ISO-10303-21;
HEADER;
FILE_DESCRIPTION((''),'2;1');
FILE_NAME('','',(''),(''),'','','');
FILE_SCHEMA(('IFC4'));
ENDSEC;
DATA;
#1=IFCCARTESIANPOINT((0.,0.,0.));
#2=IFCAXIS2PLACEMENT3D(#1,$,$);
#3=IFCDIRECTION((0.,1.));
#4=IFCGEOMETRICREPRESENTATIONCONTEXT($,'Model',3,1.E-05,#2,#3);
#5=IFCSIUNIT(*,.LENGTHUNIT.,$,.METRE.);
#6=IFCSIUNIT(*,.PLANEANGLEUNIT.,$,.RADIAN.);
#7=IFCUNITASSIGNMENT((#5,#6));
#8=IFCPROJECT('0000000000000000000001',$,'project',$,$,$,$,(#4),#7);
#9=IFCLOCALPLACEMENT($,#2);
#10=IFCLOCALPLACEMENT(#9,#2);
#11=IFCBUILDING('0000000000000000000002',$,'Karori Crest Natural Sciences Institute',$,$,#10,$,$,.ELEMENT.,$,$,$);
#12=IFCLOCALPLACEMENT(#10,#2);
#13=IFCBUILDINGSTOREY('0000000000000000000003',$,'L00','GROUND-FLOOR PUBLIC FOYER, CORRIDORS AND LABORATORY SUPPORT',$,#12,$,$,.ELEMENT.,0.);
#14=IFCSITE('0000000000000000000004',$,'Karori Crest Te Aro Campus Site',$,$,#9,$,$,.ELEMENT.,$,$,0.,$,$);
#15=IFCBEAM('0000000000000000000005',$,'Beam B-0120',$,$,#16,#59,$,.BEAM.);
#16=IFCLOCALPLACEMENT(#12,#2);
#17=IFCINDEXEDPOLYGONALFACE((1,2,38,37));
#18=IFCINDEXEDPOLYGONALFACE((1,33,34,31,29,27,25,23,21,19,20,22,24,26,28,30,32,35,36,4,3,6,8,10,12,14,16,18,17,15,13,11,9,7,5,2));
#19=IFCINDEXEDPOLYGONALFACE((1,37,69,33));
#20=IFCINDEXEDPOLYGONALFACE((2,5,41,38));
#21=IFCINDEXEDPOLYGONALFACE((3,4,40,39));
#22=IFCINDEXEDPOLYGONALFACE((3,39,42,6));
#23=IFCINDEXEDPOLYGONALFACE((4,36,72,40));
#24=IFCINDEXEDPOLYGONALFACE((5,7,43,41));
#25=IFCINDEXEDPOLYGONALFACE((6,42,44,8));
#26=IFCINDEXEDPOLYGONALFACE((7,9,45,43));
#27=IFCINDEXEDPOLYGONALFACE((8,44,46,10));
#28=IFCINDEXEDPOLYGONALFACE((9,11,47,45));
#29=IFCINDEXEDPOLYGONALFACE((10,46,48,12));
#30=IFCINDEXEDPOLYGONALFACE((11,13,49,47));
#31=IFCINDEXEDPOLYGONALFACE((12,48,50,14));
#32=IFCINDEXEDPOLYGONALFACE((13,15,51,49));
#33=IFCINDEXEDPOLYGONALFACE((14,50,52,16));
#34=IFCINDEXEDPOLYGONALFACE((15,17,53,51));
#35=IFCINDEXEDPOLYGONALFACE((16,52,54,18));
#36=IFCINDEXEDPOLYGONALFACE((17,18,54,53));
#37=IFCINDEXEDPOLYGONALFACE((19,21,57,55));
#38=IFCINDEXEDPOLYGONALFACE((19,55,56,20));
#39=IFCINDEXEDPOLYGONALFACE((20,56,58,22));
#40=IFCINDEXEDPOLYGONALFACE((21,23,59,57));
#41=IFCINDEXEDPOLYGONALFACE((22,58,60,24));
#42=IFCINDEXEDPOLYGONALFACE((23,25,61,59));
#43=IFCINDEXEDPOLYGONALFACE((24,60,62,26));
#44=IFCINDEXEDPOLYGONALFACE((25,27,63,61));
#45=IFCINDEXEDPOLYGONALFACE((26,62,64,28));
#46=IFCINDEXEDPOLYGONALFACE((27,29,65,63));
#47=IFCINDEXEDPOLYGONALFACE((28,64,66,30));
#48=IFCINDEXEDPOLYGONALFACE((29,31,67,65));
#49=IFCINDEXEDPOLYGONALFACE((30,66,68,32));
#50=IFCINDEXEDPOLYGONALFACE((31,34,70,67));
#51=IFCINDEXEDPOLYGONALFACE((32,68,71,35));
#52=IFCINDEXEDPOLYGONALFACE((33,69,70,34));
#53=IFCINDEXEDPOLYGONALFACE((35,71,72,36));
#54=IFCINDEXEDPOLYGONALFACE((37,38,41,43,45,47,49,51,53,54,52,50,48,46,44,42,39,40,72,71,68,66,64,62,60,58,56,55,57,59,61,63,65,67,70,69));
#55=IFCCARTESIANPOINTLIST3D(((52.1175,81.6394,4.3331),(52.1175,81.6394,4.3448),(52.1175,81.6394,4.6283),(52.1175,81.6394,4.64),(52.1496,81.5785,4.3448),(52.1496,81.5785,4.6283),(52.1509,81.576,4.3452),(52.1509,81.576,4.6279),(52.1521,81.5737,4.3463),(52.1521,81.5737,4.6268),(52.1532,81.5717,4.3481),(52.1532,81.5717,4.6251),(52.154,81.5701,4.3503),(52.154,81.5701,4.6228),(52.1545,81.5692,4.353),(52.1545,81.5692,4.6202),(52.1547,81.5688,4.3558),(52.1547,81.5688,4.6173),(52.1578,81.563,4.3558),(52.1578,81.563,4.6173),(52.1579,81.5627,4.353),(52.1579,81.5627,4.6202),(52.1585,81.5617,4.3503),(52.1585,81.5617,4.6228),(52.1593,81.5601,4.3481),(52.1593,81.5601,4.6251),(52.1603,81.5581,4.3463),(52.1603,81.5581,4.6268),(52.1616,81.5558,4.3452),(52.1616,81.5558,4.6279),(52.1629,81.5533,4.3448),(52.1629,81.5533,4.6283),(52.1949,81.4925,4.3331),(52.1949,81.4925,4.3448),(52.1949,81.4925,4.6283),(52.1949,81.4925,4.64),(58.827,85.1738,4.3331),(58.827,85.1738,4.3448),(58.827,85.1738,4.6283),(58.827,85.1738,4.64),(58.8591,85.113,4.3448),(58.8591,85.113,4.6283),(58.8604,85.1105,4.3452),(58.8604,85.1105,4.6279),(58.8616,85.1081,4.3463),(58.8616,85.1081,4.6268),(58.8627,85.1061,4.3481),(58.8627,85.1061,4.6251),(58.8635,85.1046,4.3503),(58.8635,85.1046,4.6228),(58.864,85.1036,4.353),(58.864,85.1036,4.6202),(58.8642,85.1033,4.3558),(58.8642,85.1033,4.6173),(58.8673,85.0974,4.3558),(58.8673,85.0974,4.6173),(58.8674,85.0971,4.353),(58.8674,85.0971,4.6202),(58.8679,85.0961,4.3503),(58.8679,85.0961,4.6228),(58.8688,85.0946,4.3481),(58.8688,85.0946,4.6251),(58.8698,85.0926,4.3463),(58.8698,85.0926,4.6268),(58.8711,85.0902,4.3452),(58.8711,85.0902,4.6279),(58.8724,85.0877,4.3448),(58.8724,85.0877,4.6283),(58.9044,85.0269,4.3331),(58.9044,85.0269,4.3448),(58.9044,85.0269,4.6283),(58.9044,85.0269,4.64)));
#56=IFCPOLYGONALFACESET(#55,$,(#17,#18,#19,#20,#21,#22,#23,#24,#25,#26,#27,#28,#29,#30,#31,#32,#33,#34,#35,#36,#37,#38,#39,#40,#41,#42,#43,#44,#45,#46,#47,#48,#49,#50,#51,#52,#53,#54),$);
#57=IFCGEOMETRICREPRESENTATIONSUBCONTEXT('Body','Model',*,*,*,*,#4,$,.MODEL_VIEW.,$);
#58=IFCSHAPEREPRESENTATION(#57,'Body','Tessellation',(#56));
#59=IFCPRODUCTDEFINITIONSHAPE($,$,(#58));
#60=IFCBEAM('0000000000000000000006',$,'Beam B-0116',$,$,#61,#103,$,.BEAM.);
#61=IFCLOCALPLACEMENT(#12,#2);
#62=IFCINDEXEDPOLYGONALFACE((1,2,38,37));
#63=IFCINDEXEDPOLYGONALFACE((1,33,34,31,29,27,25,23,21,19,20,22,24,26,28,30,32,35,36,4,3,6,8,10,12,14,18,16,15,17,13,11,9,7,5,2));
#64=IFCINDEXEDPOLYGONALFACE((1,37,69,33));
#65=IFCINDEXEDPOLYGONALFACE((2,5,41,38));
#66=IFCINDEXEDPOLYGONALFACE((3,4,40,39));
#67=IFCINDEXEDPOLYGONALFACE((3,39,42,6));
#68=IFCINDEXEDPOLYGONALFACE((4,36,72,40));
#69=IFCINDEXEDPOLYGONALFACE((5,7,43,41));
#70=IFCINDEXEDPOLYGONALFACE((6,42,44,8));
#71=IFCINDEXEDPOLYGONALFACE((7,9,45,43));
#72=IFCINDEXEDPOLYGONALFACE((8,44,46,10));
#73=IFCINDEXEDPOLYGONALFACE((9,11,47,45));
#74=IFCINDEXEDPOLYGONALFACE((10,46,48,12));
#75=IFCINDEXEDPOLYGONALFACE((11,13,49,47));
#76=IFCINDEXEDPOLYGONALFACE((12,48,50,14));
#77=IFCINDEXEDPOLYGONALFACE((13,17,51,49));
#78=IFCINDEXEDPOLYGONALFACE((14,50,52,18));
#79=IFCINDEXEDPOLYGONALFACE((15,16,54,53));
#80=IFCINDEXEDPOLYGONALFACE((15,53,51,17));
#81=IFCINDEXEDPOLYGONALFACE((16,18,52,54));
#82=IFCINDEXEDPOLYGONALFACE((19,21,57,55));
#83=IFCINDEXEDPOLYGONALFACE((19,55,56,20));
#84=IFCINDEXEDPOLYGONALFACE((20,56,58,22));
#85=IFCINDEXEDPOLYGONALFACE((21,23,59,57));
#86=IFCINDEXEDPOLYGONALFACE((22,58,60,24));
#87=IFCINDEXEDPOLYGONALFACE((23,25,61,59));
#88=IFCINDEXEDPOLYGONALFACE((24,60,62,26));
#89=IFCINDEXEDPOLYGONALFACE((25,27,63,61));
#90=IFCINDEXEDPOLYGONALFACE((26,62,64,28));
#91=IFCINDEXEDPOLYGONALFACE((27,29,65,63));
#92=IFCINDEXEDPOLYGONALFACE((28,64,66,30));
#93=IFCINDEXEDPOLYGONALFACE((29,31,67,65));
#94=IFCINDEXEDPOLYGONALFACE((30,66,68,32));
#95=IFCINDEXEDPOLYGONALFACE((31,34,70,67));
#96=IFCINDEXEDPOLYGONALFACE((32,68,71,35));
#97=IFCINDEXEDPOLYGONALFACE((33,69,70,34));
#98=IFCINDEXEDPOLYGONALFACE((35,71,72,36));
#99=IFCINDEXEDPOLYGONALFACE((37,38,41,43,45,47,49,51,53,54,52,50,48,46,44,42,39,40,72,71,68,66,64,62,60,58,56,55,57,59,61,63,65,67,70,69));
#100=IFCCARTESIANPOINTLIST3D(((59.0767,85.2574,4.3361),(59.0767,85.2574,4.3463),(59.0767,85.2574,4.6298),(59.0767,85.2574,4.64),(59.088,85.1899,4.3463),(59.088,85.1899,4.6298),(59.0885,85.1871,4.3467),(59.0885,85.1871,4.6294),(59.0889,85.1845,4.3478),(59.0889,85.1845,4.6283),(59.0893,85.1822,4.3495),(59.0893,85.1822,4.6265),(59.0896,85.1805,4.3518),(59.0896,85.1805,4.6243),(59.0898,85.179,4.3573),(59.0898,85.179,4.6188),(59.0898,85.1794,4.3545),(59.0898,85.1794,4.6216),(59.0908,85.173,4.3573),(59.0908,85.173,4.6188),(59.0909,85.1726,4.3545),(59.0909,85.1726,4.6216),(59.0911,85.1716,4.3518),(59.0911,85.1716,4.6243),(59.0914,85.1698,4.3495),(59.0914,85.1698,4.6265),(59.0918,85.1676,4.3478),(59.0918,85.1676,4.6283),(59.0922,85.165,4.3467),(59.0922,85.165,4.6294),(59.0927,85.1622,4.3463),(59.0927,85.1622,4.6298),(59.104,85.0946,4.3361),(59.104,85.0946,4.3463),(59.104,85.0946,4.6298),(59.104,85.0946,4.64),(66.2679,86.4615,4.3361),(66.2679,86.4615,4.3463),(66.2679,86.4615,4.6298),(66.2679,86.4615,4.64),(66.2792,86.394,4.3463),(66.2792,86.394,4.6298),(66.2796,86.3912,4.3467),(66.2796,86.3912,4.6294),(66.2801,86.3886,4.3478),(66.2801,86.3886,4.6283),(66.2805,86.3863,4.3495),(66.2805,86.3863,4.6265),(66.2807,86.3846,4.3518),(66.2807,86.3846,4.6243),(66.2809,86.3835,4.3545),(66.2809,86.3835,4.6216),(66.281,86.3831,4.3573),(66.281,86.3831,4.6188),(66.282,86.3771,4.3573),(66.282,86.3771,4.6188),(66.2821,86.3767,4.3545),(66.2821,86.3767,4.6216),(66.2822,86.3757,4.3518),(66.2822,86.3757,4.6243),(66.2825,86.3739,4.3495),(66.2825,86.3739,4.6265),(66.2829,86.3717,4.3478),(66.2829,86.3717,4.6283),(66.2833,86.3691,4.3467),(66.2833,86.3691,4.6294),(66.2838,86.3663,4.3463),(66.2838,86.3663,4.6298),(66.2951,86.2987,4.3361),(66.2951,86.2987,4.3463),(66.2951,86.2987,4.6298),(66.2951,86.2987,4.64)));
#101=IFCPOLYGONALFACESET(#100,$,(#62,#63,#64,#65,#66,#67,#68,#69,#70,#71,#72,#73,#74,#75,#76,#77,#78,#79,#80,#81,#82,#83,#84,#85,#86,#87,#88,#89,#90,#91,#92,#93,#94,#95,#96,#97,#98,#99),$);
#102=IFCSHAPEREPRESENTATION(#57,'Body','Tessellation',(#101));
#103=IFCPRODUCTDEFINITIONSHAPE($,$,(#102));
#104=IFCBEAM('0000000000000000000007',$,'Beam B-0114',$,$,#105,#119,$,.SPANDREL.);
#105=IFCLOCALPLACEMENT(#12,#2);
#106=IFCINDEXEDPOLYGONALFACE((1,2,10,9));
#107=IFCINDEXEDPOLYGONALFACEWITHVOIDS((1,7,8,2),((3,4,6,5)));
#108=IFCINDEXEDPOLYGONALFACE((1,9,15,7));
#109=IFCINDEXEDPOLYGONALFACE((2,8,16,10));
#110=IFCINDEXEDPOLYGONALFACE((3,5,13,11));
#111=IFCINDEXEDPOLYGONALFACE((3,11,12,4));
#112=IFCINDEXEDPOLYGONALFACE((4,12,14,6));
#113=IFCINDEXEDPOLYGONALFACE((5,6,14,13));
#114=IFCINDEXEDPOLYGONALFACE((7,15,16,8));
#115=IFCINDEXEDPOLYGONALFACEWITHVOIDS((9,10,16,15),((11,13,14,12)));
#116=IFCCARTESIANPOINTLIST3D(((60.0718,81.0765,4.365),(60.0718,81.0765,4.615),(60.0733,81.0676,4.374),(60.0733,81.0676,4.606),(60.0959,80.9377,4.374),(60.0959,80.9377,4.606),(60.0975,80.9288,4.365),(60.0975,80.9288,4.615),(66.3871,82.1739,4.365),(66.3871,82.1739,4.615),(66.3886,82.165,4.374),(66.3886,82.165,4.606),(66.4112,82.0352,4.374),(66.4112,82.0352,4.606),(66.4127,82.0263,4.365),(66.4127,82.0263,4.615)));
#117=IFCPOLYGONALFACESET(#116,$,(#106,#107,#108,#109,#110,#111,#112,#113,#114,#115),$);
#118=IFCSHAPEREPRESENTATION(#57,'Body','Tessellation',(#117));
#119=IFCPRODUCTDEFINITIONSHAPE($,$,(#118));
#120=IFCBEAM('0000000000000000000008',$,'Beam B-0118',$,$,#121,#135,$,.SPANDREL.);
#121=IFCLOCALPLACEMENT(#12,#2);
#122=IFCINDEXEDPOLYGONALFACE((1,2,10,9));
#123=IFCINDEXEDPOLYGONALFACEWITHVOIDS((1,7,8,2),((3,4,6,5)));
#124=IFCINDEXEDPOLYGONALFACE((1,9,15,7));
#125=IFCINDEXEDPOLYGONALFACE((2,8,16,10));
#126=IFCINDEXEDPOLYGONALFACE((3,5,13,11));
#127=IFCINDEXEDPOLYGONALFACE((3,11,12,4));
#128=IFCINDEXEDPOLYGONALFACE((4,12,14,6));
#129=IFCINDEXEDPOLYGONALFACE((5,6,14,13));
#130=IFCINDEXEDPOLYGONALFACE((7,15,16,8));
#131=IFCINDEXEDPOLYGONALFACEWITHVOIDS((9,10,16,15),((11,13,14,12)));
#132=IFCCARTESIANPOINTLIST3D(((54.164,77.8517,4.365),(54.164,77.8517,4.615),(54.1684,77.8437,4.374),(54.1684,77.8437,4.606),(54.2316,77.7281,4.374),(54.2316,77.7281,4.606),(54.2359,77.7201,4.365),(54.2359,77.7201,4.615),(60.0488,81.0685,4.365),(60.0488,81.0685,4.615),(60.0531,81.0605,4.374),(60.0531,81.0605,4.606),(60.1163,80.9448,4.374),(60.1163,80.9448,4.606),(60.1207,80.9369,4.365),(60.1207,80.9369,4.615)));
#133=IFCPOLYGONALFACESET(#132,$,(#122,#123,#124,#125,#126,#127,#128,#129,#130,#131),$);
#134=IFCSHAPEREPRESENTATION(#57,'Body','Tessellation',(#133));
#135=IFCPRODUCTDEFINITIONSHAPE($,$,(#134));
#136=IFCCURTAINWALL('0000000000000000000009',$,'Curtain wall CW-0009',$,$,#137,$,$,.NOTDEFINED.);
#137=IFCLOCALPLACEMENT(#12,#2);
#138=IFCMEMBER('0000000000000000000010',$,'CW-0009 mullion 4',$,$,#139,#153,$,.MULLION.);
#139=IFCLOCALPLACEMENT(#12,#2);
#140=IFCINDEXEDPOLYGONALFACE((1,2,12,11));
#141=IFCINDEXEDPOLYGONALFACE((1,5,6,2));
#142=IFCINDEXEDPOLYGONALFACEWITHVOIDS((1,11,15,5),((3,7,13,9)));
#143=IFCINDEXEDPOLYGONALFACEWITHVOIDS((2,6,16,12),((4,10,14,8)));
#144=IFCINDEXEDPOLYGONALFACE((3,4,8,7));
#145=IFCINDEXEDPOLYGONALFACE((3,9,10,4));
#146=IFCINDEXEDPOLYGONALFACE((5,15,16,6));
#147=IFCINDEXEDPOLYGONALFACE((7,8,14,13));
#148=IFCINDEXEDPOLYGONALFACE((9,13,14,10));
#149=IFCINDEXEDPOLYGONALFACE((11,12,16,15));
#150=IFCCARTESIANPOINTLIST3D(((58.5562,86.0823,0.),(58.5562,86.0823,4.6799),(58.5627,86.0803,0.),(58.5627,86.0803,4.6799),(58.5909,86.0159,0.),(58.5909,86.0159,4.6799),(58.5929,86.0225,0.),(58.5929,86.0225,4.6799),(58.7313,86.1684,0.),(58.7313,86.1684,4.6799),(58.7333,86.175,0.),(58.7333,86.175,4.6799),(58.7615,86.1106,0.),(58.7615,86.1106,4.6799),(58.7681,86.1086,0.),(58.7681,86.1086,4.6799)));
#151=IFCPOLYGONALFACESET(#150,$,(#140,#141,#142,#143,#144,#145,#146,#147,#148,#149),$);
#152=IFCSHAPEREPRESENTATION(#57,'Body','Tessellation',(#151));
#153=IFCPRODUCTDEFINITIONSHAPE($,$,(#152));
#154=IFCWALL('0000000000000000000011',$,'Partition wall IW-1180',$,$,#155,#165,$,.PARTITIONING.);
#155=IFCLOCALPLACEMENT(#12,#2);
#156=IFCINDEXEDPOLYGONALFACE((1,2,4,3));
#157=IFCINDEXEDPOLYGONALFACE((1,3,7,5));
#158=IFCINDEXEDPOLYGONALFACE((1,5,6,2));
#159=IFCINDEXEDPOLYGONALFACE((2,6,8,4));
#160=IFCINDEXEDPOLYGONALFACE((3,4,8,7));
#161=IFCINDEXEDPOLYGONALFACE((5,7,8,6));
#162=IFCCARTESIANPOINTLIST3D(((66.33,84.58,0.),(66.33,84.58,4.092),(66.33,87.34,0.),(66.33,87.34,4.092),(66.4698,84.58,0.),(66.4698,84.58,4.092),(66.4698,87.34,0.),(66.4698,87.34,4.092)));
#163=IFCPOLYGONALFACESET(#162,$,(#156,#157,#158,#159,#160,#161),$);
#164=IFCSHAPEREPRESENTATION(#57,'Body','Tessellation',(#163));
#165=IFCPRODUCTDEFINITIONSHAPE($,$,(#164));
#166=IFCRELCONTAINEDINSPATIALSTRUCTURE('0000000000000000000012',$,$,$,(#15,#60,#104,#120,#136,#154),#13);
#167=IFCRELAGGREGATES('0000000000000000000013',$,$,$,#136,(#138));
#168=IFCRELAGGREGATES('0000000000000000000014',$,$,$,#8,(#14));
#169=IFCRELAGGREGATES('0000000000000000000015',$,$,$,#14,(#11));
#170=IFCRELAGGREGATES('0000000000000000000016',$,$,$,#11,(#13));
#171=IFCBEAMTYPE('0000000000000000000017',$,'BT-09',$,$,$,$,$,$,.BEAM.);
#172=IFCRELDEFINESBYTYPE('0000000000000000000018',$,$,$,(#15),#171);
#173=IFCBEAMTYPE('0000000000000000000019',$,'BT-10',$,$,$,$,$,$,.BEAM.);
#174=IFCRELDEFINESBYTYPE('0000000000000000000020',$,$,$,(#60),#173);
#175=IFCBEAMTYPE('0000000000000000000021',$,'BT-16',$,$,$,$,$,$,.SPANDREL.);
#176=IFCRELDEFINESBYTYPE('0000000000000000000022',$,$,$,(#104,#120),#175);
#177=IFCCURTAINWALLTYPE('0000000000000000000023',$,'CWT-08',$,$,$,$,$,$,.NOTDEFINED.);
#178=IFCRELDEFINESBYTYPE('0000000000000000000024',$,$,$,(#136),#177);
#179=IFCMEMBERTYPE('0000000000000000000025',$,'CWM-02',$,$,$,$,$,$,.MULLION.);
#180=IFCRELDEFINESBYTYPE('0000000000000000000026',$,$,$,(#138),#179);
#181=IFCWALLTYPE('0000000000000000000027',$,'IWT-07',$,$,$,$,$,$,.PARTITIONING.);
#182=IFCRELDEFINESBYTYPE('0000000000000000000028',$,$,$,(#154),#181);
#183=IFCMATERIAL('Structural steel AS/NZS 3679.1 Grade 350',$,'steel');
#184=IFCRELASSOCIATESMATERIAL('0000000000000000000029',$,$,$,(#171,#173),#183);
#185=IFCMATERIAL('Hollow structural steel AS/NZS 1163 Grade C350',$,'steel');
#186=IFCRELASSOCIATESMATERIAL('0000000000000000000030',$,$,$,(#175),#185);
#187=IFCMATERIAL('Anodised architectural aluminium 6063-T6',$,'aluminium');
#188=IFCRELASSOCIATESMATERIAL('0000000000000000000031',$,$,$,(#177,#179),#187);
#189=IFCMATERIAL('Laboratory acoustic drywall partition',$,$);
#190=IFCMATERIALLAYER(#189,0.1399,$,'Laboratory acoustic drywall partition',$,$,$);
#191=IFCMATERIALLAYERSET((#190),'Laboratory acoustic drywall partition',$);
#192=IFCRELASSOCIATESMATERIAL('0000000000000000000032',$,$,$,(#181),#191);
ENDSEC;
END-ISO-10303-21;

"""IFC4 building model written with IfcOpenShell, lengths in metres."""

from ifc_helpers import new_model, si_unit, direction, frame, frame_2d, origin, origin_2d, place, context, subcontext, project, spatial, rectangle, hollow_rectangle, i_section, extrude, material, layer, layer_set, material_profile, profile_set, type_object, element, aggregate, save


model = new_model("IFC4")

# Units and contexts
model_context = context("Model", 3, precision=1e-05, world=origin(), true_north=direction((0.0, 1.0)))
body_context = subcontext(model_context, "Body", "Model", "MODEL_VIEW")
ifc_project = project(units=[si_unit("LENGTHUNIT", "METRE"), si_unit("PLANEANGLEUNIT", "RADIAN")], contexts=[model_context])

# Site, building, storey
site_placement = place(None, origin())
site = spatial("IfcSite", under=ifc_project, at=site_placement, Name="Karori Crest Te Aro Campus Site", CompositionType="ELEMENT", RefElevation=0.0)
building_placement = place(site_placement, origin())
building = spatial("IfcBuilding", under=site, at=building_placement, Name="Karori Crest Natural Sciences Institute", CompositionType="ELEMENT")
storey_placement = place(building_placement, origin())
storey = spatial("IfcBuildingStorey", under=building, at=storey_placement, Name="L00", Description="GROUND-FLOOR PUBLIC FOYER, CORRIDORS AND LABORATORY SUPPORT", CompositionType="ELEMENT", Elevation=0.0)

# Shared definitions
ifc_material_1 = material(Name="Structural steel AS/NZS 3679.1 Grade 350", Category="steel")

# Beams
ifc_material_profile_1 = material_profile(ifc_material_1, i_section(OverallWidth=0.166, OverallDepth=0.3069, WebThickness=0.0066, FlangeThickness=0.0117, FilletRadius=0.011, at=origin_2d()), Name="310UB46.2")
ifc_profile_set_1 = profile_set([ifc_material_profile_1], Name="Structural steel AS/NZS 3679.1 Grade 350")
beam_type_1 = type_object("IfcBeamType", Name="BT-09", PredefinedType="BEAM", material=ifc_profile_set_1)
beam_1_placement = place(storey_placement, frame((58.8657, 85.1003, 4.4866), z_axis=(-0.884748, -0.466069, 0.0), x_axis=(0.466069, -0.884748, 0.0)))
element("IfcBeam", 1, at=beam_1_placement, inside=storey, type_object=beam_type_1, Name="Beam B-0120", PredefinedType="BEAM", context=body_context, shape_type="SweptSolid", body=[
    extrude(i_section(OverallWidth=0.166, OverallDepth=0.3069, WebThickness=0.0066, FlangeThickness=0.0117, FilletRadius=0.011, at=origin_2d()), origin(), (0.0, 0.0, 1.0), 7.5835),
])
ifc_material_profile_2 = material_profile(ifc_material_1, i_section(OverallWidth=0.165, OverallDepth=0.304, WebThickness=0.0061, FlangeThickness=0.0103, FilletRadius=0.011, at=origin_2d()), Name="310UB40.4")
ifc_profile_set_2 = profile_set([ifc_material_profile_2], Name="Structural steel AS/NZS 3679.1 Grade 350")
beam_type_2 = type_object("IfcBeamType", Name="BT-10", PredefinedType="BEAM", material=ifc_profile_set_2)
beam_2_placement = place(storey_placement, frame((66.2815, 86.3801, 4.488), z_axis=(-0.98627, -0.165143, 0.0), x_axis=(0.165143, -0.98627, 0.0)))
element("IfcBeam", 2, at=beam_2_placement, inside=storey, type_object=beam_type_2, Name="Beam B-0116", PredefinedType="BEAM", context=body_context, shape_type="SweptSolid", body=[
    extrude(i_section(OverallWidth=0.165, OverallDepth=0.304, WebThickness=0.0061, FlangeThickness=0.0103, FilletRadius=0.011, at=origin_2d()), origin(), (0.0, 0.0, 1.0), 7.2913),
])
ifc_material_2 = material(Name="Hollow structural steel AS/NZS 1163 Grade C350", Category="steel")
ifc_material_profile_3 = material_profile(ifc_material_2, hollow_rectangle(XDim=0.1499, YDim=0.25, WallThickness=0.009, at=origin_2d()), Name="RHS250x150x9")
ifc_profile_set_3 = profile_set([ifc_material_profile_3], Name="Hollow structural steel AS/NZS 1163 Grade C350")
beam_type_3 = type_object("IfcBeamType", Name="BT-16", PredefinedType="SPANDREL", material=ifc_profile_set_3)
beam_3_placement = place(storey_placement, frame((66.3999, 82.1001, 4.49), z_axis=(-0.985235, -0.171208, 0.0), x_axis=(0.171208, -0.985235, 0.0)))
element("IfcBeam", 3, at=beam_3_placement, inside=storey, type_object=beam_type_3, Name="Beam B-0114", PredefinedType="SPANDREL", context=body_context, shape_type="SweptSolid", body=[
    extrude(hollow_rectangle(XDim=0.1499, YDim=0.25, WallThickness=0.009, at=origin_2d()), origin(), (0.0, 0.0, 1.0), 6.4099),
])
beam_4_placement = place(storey_placement, frame((60.0847, 81.0027, 4.49), z_axis=(-0.877461, -0.479648, 0.0), x_axis=(0.479648, -0.877461, 0.0)))
element("IfcBeam", 4, at=beam_4_placement, inside=storey, type_object=beam_type_3, Name="Beam B-0118", PredefinedType="SPANDREL", context=body_context, shape_type="SweptSolid", body=[
    extrude(hollow_rectangle(XDim=0.1499, YDim=0.25, WallThickness=0.009, at=origin_2d()), origin(), (0.0, 0.0, 1.0), 6.7065),
])

# Curtain wall, member
ifc_material_3 = material(Name="Anodised architectural aluminium 6063-T6", Category="aluminium")
curtain_wall_type = type_object("IfcCurtainWallType", Name="CWT-08", PredefinedType="NOTDEFINED", material=ifc_material_3)
curtain_wall_placement = place(storey_placement, origin())
curtain_wall = element("IfcCurtainWall", 5, at=curtain_wall_placement, inside=storey, type_object=curtain_wall_type, Name="Curtain wall CW-0009", PredefinedType="NOTDEFINED")
ifc_material_profile_4 = material_profile(ifc_material_3, hollow_rectangle(XDim=0.075, YDim=0.2, WallThickness=0.0049, at=origin_2d()), Name="CWM200x75x5")
ifc_profile_set_4 = profile_set([ifc_material_profile_4], Name="Anodised architectural aluminium 6063-T6")
member_type = type_object("IfcMemberType", Name="CWM-02", PredefinedType="MULLION", material=ifc_profile_set_4)
member_placement = place(storey_placement, frame((58.6621, 86.0955, 0.0), z_axis=(0.0, 0.0, 1.0), x_axis=(-0.463426, 0.886136, 0.0)))
member = element("IfcMember", 6, at=member_placement, type_object=member_type, Name="CW-0009 mullion 4", PredefinedType="MULLION", context=body_context, shape_type="SweptSolid", body=[
    extrude(hollow_rectangle(XDim=0.075, YDim=0.2, WallThickness=0.0049, at=origin_2d()), origin(), (0.0, 0.0, 1.0), 4.6799),
])
aggregate(curtain_wall, [member])

# Wall
ifc_material_4 = material(Name="Laboratory acoustic drywall partition")
ifc_layer_1 = layer(ifc_material_4, 0.1399, Name="Laboratory acoustic drywall partition")
ifc_layer_set_1 = layer_set([ifc_layer_1], Name="Laboratory acoustic drywall partition")
wall_type_1 = type_object("IfcWallType", Name="IWT-07", PredefinedType="PARTITIONING", material=ifc_layer_set_1)
wall_1_placement = place(storey_placement, frame((66.3999, 84.5801, 0.0), z_axis=(0.0, 0.0, 1.0), x_axis=(0.0, 1.0, 0.0)))
element("IfcWall", 7, at=wall_1_placement, inside=storey, type_object=wall_type_1, Name="Partition wall IW-1180", PredefinedType="PARTITIONING", context=body_context, shape_type="SweptSolid", body=[
    extrude(rectangle(XDim=2.76, YDim=0.1399, at=frame_2d((1.3799, 0.0))), origin(), (0.0, 0.0, 1.0), 4.092),
])

save(model, "model.ifc")
